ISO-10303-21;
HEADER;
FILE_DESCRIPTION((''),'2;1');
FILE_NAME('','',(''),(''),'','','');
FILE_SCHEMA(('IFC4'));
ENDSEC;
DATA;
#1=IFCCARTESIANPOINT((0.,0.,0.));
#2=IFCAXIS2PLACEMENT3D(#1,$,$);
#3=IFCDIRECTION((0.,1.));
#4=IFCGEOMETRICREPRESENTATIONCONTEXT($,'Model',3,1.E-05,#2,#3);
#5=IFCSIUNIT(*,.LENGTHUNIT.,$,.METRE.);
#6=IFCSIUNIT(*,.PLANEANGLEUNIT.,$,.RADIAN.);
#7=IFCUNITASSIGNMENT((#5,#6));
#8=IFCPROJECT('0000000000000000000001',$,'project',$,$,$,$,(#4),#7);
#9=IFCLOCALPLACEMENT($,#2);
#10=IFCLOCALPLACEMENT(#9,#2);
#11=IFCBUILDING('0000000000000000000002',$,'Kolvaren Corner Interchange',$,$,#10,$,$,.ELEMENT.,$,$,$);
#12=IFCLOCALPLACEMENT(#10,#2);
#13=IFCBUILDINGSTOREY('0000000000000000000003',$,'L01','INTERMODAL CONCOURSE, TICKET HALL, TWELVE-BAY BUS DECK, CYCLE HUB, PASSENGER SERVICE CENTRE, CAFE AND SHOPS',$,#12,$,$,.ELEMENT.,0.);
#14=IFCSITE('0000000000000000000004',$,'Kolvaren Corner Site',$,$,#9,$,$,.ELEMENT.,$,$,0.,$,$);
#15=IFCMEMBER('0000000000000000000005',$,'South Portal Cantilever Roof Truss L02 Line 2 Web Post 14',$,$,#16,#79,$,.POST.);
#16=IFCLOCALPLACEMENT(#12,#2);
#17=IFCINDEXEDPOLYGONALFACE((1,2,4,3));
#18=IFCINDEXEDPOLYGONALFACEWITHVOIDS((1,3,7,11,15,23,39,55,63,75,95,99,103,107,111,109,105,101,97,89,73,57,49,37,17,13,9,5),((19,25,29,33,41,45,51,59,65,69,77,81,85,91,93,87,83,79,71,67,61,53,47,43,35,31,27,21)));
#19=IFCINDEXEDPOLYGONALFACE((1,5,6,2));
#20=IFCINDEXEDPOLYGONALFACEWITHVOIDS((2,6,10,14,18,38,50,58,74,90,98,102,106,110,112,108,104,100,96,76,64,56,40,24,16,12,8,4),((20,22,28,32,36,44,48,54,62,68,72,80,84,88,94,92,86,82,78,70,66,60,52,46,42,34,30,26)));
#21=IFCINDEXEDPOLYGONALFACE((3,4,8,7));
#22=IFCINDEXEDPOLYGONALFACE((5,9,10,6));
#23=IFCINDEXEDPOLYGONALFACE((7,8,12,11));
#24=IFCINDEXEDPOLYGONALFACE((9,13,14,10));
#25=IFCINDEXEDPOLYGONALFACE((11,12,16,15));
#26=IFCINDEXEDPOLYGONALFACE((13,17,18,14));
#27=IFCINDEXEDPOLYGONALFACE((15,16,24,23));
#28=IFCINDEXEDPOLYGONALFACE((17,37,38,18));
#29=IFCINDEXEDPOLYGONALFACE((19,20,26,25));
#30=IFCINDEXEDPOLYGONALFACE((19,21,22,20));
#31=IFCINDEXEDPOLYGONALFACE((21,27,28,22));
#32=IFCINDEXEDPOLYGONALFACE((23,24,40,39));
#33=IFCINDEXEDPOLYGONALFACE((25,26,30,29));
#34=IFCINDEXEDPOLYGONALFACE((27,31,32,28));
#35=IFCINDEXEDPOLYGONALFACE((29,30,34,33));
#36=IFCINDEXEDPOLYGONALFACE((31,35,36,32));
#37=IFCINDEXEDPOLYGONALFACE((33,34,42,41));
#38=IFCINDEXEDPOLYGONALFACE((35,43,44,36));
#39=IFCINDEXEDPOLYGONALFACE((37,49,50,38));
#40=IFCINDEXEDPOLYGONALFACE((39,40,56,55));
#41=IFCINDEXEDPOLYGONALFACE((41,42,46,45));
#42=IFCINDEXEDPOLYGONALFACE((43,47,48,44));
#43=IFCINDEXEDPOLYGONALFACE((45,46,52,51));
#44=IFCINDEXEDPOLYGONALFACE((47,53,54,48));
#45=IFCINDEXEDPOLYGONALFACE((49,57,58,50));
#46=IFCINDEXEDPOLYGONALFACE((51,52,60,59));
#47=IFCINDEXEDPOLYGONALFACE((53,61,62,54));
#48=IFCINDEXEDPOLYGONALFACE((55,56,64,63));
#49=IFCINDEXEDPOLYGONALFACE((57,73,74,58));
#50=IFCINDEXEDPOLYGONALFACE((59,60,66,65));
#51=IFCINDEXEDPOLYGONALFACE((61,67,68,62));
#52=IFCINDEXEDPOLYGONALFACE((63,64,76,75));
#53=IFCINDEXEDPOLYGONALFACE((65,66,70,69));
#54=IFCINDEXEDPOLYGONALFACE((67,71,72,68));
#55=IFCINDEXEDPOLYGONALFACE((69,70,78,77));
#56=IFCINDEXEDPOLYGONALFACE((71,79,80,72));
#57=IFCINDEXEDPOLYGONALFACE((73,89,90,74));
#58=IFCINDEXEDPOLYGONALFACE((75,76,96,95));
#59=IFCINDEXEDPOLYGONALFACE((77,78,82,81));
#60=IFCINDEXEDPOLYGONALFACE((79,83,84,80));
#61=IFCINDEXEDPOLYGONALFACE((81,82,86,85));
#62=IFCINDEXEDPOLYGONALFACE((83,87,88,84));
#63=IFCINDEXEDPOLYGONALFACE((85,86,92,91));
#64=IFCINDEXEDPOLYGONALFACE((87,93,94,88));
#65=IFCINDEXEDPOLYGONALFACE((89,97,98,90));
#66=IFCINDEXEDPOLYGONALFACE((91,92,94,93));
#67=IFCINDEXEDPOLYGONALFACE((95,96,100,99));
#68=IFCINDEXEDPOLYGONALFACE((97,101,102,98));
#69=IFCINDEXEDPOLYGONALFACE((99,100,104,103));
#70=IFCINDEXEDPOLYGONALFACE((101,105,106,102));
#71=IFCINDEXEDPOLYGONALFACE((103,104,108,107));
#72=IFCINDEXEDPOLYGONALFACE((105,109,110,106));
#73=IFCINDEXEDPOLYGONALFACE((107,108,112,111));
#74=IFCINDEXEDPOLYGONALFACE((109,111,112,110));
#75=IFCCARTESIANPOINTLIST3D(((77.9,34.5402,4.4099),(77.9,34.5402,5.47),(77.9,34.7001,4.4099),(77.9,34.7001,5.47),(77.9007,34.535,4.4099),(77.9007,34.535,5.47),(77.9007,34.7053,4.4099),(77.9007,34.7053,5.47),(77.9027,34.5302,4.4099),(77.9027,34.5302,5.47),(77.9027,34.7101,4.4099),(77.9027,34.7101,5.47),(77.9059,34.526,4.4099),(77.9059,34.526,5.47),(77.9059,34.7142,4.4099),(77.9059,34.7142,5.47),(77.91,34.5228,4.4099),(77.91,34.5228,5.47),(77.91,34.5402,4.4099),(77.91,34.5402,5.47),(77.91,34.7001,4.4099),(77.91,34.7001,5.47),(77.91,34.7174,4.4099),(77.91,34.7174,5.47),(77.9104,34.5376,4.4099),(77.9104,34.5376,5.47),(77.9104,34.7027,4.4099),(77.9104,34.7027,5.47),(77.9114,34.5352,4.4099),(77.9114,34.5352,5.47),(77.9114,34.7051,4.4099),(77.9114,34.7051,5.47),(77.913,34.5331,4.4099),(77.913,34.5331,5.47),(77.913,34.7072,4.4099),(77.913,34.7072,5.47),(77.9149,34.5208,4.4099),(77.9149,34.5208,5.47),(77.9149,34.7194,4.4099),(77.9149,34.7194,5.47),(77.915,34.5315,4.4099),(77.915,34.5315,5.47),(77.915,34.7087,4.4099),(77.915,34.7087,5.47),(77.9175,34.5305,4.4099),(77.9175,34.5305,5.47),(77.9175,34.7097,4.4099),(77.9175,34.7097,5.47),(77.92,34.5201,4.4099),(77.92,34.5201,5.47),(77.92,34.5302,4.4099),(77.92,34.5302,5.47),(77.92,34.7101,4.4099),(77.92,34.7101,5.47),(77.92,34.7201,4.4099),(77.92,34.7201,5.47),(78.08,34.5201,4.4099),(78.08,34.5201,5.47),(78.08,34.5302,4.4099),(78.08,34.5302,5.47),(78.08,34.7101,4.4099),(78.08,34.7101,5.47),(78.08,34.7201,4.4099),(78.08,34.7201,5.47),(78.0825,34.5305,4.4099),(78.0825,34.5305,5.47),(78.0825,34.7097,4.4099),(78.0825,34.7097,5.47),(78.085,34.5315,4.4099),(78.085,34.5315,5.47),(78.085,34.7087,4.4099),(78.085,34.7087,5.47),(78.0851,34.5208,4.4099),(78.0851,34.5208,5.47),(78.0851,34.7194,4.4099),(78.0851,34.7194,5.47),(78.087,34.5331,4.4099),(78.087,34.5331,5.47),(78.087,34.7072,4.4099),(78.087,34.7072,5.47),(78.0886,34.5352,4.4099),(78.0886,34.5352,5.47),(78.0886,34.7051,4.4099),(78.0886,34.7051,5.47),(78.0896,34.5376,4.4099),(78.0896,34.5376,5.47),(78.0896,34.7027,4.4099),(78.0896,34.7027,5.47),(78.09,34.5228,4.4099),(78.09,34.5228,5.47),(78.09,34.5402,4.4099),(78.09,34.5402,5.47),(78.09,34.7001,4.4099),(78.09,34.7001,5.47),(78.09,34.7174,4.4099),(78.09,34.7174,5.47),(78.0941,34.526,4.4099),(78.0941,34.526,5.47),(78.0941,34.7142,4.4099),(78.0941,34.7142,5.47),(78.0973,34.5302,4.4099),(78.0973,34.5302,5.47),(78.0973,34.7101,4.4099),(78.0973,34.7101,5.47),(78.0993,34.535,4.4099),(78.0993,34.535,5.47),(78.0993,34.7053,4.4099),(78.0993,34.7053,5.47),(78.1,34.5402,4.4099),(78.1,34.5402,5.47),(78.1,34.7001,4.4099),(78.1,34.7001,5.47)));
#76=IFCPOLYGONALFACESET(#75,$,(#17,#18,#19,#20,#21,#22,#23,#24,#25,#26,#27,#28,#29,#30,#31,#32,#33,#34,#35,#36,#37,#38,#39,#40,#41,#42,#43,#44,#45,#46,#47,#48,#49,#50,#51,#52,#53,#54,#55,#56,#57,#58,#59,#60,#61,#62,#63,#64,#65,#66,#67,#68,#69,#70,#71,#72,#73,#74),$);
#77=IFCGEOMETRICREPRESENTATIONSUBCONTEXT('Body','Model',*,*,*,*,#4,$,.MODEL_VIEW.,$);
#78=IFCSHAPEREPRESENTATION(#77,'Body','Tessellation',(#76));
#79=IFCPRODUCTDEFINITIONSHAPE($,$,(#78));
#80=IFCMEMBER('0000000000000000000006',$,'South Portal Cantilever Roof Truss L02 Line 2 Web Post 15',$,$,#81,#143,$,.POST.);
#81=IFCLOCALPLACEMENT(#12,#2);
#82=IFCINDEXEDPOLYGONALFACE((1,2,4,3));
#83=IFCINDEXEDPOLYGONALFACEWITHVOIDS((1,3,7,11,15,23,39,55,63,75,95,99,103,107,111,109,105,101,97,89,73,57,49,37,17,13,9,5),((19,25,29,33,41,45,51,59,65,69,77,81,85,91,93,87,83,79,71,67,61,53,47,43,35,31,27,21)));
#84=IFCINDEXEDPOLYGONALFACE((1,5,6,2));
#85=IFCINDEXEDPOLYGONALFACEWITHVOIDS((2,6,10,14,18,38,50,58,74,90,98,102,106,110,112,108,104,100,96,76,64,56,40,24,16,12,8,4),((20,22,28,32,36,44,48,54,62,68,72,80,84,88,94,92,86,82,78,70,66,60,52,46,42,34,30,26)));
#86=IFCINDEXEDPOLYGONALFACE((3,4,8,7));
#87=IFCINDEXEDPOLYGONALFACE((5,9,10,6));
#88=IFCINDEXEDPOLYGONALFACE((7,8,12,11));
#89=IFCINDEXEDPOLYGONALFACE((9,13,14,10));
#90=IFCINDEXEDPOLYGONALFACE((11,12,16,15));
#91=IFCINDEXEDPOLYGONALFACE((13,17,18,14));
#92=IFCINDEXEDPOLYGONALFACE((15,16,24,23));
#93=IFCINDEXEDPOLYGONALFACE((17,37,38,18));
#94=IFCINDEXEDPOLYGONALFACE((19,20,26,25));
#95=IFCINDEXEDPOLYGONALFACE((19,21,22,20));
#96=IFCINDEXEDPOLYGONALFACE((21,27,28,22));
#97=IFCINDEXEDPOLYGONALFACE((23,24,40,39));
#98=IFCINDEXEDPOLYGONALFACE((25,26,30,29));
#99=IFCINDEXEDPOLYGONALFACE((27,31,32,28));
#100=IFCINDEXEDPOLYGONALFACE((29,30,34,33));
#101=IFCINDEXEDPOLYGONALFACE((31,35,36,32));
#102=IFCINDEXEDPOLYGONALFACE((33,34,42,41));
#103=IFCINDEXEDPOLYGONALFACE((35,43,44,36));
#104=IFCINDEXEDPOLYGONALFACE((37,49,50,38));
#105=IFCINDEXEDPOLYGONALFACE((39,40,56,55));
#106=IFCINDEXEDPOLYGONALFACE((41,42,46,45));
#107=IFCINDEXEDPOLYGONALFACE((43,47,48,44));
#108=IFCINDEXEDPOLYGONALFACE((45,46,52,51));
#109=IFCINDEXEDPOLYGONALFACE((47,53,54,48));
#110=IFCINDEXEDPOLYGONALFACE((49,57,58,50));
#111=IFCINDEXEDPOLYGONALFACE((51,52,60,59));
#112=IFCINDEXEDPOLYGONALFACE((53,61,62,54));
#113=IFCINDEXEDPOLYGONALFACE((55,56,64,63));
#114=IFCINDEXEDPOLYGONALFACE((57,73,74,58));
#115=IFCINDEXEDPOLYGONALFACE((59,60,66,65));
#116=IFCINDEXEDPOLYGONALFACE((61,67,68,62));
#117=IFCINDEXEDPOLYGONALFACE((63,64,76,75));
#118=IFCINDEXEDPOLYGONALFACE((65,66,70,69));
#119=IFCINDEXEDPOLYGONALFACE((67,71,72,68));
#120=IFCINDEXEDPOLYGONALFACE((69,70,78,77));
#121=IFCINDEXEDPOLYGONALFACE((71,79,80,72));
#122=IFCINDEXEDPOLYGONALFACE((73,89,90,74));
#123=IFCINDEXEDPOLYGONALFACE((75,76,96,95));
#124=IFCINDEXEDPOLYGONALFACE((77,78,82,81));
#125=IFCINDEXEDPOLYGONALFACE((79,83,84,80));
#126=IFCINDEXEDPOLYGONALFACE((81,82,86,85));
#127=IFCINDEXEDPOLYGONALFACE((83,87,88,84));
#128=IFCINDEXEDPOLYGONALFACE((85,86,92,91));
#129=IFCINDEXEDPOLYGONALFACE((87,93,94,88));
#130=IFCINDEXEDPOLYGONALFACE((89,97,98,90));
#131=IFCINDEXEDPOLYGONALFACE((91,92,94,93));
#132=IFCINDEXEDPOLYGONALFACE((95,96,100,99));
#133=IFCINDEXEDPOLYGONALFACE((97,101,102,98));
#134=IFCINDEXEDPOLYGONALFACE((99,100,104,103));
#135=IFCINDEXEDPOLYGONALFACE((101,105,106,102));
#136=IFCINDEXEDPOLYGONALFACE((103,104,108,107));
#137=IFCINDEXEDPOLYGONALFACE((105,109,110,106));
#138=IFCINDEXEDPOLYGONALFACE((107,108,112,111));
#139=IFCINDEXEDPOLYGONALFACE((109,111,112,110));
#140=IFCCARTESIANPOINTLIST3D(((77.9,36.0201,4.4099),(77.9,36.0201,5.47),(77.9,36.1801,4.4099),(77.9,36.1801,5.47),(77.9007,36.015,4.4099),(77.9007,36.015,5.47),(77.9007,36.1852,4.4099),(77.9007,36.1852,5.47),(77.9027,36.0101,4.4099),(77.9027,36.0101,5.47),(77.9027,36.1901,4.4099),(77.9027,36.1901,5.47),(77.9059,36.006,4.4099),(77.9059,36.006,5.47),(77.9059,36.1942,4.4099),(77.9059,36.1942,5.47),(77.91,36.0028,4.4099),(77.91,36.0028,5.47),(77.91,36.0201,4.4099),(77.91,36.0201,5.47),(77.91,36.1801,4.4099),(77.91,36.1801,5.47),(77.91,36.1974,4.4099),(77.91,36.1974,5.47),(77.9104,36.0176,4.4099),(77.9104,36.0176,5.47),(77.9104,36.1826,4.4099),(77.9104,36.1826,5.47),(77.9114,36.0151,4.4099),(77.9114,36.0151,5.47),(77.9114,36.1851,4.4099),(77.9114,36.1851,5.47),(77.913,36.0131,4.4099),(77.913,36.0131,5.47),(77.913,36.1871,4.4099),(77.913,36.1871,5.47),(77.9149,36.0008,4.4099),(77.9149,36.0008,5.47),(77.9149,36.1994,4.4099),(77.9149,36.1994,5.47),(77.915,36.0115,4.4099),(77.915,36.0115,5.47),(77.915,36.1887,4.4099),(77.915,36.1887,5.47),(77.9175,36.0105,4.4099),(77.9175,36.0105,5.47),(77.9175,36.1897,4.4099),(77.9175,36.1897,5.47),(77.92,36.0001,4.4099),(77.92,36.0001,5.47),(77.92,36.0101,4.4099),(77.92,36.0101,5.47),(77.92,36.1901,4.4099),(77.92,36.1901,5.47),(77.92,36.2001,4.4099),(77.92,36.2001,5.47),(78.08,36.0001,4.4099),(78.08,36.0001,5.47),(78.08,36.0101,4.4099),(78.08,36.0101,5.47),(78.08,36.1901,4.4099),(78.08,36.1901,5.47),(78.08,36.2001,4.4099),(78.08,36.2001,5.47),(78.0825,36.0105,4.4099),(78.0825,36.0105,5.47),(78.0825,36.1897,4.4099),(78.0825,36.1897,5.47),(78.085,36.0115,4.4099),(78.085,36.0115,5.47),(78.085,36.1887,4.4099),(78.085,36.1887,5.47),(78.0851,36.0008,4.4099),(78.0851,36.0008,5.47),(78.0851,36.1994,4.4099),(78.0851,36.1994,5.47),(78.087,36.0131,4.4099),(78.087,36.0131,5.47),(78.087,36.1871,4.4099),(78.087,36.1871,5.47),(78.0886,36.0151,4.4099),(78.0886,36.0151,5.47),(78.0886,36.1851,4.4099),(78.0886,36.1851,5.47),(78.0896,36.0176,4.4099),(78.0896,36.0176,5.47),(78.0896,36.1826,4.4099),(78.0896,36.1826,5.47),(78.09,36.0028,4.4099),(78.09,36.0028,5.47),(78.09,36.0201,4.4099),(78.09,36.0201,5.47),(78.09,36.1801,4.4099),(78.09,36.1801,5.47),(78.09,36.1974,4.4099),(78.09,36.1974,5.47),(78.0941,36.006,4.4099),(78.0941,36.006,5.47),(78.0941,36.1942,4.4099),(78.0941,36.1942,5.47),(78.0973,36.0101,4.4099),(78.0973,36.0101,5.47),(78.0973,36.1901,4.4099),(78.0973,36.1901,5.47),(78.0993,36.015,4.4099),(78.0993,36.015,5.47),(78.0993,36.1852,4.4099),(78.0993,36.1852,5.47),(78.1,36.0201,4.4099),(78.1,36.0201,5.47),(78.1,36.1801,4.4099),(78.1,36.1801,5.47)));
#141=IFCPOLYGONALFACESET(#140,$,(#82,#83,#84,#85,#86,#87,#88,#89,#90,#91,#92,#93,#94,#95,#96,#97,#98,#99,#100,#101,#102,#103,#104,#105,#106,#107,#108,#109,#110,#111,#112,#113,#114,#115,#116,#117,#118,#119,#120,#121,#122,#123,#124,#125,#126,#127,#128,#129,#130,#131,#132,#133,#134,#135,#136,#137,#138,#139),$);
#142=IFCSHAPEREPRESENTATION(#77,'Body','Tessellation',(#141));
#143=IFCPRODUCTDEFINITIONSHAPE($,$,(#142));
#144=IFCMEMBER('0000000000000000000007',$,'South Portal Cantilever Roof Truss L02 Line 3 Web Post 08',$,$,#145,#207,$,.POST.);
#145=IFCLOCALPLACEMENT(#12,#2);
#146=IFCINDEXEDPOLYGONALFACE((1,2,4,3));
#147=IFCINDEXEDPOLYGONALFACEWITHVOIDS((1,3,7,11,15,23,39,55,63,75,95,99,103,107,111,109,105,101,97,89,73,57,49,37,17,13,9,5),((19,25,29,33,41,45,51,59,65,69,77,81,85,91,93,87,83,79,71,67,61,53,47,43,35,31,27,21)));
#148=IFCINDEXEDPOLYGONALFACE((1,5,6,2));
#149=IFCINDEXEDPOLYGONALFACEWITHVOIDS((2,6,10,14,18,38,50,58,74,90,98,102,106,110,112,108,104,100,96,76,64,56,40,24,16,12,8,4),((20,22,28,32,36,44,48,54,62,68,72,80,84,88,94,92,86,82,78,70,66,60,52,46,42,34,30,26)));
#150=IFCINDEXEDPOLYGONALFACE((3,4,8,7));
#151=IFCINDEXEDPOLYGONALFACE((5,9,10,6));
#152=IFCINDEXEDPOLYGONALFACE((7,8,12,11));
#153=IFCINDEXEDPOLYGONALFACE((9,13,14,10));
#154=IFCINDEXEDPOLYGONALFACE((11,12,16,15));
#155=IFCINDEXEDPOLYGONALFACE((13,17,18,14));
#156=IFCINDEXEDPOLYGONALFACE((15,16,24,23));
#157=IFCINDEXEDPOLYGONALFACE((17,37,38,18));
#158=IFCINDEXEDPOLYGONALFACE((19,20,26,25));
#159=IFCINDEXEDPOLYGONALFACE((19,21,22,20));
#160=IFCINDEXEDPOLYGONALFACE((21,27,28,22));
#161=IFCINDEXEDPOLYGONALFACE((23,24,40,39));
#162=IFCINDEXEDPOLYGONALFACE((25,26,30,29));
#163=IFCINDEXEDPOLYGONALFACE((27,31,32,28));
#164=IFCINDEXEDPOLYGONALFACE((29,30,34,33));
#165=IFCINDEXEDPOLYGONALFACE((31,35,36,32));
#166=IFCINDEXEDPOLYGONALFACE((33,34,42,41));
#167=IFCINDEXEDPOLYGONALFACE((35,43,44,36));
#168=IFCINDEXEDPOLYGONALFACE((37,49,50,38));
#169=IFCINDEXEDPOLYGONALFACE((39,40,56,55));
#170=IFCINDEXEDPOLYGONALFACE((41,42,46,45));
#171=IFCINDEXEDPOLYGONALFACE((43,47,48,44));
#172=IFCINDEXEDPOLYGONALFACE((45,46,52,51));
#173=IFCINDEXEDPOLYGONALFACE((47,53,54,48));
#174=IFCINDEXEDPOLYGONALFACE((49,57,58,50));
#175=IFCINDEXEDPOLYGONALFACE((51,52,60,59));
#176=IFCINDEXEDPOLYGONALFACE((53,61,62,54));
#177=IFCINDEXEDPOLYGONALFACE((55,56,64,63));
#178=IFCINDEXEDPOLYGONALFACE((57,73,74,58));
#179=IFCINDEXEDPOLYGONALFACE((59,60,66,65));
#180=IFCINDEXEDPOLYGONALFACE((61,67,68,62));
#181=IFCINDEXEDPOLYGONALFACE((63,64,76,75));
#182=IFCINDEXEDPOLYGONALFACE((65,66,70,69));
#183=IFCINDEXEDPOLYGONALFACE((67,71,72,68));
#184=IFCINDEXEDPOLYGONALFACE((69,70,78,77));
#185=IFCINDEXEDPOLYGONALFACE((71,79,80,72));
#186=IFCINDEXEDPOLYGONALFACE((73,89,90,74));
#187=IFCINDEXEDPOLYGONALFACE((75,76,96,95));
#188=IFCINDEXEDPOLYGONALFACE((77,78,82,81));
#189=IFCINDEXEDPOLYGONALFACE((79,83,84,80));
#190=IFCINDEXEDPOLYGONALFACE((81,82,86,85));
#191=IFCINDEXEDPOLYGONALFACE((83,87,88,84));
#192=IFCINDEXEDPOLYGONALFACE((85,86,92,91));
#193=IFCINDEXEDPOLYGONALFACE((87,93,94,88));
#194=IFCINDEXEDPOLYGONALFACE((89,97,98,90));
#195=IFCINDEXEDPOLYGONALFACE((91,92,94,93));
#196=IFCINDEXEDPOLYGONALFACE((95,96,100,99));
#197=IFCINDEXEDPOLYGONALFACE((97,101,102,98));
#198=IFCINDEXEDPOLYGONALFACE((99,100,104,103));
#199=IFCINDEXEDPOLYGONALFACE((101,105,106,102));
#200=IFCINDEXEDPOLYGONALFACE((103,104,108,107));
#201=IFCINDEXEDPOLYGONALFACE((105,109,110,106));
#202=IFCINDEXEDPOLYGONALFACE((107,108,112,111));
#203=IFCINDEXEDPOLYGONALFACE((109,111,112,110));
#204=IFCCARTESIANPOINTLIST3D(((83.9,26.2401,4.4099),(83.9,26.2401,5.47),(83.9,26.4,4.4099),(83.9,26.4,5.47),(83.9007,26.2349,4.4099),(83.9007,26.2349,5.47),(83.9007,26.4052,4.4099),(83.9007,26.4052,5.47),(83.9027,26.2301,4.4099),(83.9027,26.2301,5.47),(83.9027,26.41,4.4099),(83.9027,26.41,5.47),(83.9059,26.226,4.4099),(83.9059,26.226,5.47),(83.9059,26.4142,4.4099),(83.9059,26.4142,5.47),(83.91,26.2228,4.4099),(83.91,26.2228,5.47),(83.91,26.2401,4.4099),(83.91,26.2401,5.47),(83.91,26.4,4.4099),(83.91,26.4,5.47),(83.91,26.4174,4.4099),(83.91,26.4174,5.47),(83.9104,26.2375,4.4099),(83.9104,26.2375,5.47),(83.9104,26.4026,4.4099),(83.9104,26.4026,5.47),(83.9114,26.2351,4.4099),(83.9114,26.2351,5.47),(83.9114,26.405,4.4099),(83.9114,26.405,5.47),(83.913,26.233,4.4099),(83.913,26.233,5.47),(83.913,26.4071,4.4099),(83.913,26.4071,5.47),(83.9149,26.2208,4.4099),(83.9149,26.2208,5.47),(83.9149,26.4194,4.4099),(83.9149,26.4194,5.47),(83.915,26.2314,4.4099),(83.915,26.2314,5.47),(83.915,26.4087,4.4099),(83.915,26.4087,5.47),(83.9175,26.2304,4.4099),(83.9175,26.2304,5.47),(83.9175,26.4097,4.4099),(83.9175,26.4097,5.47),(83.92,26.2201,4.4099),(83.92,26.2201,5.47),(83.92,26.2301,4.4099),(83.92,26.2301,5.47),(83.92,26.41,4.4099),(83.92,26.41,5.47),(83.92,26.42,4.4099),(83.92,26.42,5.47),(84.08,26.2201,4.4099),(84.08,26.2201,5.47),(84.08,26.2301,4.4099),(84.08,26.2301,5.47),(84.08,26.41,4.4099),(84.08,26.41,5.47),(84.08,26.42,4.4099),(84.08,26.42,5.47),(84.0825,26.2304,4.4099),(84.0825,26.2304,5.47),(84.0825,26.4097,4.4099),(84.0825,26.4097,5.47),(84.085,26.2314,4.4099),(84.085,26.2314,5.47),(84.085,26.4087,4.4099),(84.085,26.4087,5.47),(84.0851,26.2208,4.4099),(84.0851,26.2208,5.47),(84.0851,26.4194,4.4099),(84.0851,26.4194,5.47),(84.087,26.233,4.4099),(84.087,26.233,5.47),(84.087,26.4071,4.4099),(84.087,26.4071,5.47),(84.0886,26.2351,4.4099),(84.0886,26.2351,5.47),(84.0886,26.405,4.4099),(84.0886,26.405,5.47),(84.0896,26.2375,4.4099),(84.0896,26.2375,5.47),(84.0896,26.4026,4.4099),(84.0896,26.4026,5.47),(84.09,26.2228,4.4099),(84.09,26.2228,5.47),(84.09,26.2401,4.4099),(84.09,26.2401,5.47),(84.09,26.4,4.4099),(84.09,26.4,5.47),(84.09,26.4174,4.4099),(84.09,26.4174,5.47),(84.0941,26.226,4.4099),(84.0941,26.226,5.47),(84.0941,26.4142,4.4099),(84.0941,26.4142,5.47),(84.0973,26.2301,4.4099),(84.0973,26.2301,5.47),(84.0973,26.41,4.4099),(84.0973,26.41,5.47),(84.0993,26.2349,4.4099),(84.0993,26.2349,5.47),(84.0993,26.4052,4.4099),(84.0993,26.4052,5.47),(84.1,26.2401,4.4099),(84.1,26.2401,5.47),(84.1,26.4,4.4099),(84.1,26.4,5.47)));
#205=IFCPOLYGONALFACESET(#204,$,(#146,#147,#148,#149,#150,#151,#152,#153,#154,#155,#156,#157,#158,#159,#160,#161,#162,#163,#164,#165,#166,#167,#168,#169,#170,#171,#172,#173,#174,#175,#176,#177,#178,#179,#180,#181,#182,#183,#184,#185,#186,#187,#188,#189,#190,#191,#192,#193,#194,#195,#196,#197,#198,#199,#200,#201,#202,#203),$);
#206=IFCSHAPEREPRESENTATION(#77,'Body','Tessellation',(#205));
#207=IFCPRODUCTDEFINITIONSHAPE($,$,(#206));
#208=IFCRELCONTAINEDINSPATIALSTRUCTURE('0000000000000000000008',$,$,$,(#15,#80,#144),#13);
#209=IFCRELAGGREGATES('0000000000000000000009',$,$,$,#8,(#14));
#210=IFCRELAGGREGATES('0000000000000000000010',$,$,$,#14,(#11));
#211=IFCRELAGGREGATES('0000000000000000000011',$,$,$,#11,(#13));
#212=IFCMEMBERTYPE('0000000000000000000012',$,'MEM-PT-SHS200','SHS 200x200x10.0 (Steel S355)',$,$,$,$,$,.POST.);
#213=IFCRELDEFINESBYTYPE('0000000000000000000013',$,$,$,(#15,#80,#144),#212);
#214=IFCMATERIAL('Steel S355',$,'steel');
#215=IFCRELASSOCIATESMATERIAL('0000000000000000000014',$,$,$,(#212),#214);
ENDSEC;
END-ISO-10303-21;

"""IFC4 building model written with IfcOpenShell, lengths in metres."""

from ifc_helpers import new_model, si_unit, direction, frame, origin, origin_2d, place, context, subcontext, project, spatial, hollow_rectangle, extrude, material, material_profile, profile_set, type_object, element, save


model = new_model("IFC4")

# Units and contexts
model_context = context("Model", 3, precision=1e-05, world=origin(), true_north=direction((0.0, 1.0)))
body_context = subcontext(model_context, "Body", "Model", "MODEL_VIEW")
ifc_project = project(units=[si_unit("LENGTHUNIT", "METRE"), si_unit("PLANEANGLEUNIT", "RADIAN")], contexts=[model_context])

# Site, building, storey
site_placement = place(None, origin())
site = spatial("IfcSite", under=ifc_project, at=site_placement, Name="Kolvaren Corner Site", CompositionType="ELEMENT", RefElevation=0.0)
building_placement = place(site_placement, origin())
building = spatial("IfcBuilding", under=site, at=building_placement, Name="Kolvaren Corner Interchange", CompositionType="ELEMENT")
storey_placement = place(building_placement, origin())
storey = spatial("IfcBuildingStorey", under=building, at=storey_placement, Name="L01", Description="INTERMODAL CONCOURSE, TICKET HALL, TWELVE-BAY BUS DECK, CYCLE HUB, PASSENGER SERVICE CENTRE, CAFE AND SHOPS", CompositionType="ELEMENT", Elevation=0.0)

# Members
ifc_material_1 = material(Name="Steel S355", Category="steel")
ifc_material_profile_1 = material_profile(ifc_material_1, hollow_rectangle(XDim=0.2, YDim=0.2, WallThickness=0.01, InnerFilletRadius=0.01, OuterFilletRadius=0.02, at=origin_2d()), Name="SHS 200x200x10.0")
ifc_profile_set_1 = profile_set([ifc_material_profile_1], Name="Steel S355")
member_type_1 = type_object("IfcMemberType", Name="MEM-PT-SHS200", Description="SHS 200x200x10.0 (Steel S355)", PredefinedType="POST", material=ifc_profile_set_1)
for number, where, z_axis, x_axis, name in (
    (1, (78.0, 34.6201, 4.4099), (0.0, 0.0, 1.0), (1.0, 0.0, 0.0), "South Portal Cantilever Roof Truss L02 Line 2 Web Post 14"),
    (2, (78.0, 36.1001, 4.4099), (0.0, 0.0, 1.0), (1.0, 0.0, 0.0), "South Portal Cantilever Roof Truss L02 Line 2 Web Post 15"),
    (3, (84.0, 26.3201, 4.4099), (0.0, 0.0, 1.0), (1.0, 0.0, 0.0), "South Portal Cantilever Roof Truss L02 Line 3 Web Post 08"),
):
    element("IfcMember", number, at=place(storey_placement, frame(where, z_axis=z_axis, x_axis=x_axis)), inside=storey, type_object=member_type_1, Name=name, PredefinedType="POST", context=body_context, shape_type="SweptSolid", body=[
        extrude(hollow_rectangle(XDim=0.2, YDim=0.2, WallThickness=0.01, InnerFilletRadius=0.01, OuterFilletRadius=0.02, at=origin_2d()), origin(), (0.0, 0.0, 1.0), 1.0601),
    ])

save(model, "model.ifc")
